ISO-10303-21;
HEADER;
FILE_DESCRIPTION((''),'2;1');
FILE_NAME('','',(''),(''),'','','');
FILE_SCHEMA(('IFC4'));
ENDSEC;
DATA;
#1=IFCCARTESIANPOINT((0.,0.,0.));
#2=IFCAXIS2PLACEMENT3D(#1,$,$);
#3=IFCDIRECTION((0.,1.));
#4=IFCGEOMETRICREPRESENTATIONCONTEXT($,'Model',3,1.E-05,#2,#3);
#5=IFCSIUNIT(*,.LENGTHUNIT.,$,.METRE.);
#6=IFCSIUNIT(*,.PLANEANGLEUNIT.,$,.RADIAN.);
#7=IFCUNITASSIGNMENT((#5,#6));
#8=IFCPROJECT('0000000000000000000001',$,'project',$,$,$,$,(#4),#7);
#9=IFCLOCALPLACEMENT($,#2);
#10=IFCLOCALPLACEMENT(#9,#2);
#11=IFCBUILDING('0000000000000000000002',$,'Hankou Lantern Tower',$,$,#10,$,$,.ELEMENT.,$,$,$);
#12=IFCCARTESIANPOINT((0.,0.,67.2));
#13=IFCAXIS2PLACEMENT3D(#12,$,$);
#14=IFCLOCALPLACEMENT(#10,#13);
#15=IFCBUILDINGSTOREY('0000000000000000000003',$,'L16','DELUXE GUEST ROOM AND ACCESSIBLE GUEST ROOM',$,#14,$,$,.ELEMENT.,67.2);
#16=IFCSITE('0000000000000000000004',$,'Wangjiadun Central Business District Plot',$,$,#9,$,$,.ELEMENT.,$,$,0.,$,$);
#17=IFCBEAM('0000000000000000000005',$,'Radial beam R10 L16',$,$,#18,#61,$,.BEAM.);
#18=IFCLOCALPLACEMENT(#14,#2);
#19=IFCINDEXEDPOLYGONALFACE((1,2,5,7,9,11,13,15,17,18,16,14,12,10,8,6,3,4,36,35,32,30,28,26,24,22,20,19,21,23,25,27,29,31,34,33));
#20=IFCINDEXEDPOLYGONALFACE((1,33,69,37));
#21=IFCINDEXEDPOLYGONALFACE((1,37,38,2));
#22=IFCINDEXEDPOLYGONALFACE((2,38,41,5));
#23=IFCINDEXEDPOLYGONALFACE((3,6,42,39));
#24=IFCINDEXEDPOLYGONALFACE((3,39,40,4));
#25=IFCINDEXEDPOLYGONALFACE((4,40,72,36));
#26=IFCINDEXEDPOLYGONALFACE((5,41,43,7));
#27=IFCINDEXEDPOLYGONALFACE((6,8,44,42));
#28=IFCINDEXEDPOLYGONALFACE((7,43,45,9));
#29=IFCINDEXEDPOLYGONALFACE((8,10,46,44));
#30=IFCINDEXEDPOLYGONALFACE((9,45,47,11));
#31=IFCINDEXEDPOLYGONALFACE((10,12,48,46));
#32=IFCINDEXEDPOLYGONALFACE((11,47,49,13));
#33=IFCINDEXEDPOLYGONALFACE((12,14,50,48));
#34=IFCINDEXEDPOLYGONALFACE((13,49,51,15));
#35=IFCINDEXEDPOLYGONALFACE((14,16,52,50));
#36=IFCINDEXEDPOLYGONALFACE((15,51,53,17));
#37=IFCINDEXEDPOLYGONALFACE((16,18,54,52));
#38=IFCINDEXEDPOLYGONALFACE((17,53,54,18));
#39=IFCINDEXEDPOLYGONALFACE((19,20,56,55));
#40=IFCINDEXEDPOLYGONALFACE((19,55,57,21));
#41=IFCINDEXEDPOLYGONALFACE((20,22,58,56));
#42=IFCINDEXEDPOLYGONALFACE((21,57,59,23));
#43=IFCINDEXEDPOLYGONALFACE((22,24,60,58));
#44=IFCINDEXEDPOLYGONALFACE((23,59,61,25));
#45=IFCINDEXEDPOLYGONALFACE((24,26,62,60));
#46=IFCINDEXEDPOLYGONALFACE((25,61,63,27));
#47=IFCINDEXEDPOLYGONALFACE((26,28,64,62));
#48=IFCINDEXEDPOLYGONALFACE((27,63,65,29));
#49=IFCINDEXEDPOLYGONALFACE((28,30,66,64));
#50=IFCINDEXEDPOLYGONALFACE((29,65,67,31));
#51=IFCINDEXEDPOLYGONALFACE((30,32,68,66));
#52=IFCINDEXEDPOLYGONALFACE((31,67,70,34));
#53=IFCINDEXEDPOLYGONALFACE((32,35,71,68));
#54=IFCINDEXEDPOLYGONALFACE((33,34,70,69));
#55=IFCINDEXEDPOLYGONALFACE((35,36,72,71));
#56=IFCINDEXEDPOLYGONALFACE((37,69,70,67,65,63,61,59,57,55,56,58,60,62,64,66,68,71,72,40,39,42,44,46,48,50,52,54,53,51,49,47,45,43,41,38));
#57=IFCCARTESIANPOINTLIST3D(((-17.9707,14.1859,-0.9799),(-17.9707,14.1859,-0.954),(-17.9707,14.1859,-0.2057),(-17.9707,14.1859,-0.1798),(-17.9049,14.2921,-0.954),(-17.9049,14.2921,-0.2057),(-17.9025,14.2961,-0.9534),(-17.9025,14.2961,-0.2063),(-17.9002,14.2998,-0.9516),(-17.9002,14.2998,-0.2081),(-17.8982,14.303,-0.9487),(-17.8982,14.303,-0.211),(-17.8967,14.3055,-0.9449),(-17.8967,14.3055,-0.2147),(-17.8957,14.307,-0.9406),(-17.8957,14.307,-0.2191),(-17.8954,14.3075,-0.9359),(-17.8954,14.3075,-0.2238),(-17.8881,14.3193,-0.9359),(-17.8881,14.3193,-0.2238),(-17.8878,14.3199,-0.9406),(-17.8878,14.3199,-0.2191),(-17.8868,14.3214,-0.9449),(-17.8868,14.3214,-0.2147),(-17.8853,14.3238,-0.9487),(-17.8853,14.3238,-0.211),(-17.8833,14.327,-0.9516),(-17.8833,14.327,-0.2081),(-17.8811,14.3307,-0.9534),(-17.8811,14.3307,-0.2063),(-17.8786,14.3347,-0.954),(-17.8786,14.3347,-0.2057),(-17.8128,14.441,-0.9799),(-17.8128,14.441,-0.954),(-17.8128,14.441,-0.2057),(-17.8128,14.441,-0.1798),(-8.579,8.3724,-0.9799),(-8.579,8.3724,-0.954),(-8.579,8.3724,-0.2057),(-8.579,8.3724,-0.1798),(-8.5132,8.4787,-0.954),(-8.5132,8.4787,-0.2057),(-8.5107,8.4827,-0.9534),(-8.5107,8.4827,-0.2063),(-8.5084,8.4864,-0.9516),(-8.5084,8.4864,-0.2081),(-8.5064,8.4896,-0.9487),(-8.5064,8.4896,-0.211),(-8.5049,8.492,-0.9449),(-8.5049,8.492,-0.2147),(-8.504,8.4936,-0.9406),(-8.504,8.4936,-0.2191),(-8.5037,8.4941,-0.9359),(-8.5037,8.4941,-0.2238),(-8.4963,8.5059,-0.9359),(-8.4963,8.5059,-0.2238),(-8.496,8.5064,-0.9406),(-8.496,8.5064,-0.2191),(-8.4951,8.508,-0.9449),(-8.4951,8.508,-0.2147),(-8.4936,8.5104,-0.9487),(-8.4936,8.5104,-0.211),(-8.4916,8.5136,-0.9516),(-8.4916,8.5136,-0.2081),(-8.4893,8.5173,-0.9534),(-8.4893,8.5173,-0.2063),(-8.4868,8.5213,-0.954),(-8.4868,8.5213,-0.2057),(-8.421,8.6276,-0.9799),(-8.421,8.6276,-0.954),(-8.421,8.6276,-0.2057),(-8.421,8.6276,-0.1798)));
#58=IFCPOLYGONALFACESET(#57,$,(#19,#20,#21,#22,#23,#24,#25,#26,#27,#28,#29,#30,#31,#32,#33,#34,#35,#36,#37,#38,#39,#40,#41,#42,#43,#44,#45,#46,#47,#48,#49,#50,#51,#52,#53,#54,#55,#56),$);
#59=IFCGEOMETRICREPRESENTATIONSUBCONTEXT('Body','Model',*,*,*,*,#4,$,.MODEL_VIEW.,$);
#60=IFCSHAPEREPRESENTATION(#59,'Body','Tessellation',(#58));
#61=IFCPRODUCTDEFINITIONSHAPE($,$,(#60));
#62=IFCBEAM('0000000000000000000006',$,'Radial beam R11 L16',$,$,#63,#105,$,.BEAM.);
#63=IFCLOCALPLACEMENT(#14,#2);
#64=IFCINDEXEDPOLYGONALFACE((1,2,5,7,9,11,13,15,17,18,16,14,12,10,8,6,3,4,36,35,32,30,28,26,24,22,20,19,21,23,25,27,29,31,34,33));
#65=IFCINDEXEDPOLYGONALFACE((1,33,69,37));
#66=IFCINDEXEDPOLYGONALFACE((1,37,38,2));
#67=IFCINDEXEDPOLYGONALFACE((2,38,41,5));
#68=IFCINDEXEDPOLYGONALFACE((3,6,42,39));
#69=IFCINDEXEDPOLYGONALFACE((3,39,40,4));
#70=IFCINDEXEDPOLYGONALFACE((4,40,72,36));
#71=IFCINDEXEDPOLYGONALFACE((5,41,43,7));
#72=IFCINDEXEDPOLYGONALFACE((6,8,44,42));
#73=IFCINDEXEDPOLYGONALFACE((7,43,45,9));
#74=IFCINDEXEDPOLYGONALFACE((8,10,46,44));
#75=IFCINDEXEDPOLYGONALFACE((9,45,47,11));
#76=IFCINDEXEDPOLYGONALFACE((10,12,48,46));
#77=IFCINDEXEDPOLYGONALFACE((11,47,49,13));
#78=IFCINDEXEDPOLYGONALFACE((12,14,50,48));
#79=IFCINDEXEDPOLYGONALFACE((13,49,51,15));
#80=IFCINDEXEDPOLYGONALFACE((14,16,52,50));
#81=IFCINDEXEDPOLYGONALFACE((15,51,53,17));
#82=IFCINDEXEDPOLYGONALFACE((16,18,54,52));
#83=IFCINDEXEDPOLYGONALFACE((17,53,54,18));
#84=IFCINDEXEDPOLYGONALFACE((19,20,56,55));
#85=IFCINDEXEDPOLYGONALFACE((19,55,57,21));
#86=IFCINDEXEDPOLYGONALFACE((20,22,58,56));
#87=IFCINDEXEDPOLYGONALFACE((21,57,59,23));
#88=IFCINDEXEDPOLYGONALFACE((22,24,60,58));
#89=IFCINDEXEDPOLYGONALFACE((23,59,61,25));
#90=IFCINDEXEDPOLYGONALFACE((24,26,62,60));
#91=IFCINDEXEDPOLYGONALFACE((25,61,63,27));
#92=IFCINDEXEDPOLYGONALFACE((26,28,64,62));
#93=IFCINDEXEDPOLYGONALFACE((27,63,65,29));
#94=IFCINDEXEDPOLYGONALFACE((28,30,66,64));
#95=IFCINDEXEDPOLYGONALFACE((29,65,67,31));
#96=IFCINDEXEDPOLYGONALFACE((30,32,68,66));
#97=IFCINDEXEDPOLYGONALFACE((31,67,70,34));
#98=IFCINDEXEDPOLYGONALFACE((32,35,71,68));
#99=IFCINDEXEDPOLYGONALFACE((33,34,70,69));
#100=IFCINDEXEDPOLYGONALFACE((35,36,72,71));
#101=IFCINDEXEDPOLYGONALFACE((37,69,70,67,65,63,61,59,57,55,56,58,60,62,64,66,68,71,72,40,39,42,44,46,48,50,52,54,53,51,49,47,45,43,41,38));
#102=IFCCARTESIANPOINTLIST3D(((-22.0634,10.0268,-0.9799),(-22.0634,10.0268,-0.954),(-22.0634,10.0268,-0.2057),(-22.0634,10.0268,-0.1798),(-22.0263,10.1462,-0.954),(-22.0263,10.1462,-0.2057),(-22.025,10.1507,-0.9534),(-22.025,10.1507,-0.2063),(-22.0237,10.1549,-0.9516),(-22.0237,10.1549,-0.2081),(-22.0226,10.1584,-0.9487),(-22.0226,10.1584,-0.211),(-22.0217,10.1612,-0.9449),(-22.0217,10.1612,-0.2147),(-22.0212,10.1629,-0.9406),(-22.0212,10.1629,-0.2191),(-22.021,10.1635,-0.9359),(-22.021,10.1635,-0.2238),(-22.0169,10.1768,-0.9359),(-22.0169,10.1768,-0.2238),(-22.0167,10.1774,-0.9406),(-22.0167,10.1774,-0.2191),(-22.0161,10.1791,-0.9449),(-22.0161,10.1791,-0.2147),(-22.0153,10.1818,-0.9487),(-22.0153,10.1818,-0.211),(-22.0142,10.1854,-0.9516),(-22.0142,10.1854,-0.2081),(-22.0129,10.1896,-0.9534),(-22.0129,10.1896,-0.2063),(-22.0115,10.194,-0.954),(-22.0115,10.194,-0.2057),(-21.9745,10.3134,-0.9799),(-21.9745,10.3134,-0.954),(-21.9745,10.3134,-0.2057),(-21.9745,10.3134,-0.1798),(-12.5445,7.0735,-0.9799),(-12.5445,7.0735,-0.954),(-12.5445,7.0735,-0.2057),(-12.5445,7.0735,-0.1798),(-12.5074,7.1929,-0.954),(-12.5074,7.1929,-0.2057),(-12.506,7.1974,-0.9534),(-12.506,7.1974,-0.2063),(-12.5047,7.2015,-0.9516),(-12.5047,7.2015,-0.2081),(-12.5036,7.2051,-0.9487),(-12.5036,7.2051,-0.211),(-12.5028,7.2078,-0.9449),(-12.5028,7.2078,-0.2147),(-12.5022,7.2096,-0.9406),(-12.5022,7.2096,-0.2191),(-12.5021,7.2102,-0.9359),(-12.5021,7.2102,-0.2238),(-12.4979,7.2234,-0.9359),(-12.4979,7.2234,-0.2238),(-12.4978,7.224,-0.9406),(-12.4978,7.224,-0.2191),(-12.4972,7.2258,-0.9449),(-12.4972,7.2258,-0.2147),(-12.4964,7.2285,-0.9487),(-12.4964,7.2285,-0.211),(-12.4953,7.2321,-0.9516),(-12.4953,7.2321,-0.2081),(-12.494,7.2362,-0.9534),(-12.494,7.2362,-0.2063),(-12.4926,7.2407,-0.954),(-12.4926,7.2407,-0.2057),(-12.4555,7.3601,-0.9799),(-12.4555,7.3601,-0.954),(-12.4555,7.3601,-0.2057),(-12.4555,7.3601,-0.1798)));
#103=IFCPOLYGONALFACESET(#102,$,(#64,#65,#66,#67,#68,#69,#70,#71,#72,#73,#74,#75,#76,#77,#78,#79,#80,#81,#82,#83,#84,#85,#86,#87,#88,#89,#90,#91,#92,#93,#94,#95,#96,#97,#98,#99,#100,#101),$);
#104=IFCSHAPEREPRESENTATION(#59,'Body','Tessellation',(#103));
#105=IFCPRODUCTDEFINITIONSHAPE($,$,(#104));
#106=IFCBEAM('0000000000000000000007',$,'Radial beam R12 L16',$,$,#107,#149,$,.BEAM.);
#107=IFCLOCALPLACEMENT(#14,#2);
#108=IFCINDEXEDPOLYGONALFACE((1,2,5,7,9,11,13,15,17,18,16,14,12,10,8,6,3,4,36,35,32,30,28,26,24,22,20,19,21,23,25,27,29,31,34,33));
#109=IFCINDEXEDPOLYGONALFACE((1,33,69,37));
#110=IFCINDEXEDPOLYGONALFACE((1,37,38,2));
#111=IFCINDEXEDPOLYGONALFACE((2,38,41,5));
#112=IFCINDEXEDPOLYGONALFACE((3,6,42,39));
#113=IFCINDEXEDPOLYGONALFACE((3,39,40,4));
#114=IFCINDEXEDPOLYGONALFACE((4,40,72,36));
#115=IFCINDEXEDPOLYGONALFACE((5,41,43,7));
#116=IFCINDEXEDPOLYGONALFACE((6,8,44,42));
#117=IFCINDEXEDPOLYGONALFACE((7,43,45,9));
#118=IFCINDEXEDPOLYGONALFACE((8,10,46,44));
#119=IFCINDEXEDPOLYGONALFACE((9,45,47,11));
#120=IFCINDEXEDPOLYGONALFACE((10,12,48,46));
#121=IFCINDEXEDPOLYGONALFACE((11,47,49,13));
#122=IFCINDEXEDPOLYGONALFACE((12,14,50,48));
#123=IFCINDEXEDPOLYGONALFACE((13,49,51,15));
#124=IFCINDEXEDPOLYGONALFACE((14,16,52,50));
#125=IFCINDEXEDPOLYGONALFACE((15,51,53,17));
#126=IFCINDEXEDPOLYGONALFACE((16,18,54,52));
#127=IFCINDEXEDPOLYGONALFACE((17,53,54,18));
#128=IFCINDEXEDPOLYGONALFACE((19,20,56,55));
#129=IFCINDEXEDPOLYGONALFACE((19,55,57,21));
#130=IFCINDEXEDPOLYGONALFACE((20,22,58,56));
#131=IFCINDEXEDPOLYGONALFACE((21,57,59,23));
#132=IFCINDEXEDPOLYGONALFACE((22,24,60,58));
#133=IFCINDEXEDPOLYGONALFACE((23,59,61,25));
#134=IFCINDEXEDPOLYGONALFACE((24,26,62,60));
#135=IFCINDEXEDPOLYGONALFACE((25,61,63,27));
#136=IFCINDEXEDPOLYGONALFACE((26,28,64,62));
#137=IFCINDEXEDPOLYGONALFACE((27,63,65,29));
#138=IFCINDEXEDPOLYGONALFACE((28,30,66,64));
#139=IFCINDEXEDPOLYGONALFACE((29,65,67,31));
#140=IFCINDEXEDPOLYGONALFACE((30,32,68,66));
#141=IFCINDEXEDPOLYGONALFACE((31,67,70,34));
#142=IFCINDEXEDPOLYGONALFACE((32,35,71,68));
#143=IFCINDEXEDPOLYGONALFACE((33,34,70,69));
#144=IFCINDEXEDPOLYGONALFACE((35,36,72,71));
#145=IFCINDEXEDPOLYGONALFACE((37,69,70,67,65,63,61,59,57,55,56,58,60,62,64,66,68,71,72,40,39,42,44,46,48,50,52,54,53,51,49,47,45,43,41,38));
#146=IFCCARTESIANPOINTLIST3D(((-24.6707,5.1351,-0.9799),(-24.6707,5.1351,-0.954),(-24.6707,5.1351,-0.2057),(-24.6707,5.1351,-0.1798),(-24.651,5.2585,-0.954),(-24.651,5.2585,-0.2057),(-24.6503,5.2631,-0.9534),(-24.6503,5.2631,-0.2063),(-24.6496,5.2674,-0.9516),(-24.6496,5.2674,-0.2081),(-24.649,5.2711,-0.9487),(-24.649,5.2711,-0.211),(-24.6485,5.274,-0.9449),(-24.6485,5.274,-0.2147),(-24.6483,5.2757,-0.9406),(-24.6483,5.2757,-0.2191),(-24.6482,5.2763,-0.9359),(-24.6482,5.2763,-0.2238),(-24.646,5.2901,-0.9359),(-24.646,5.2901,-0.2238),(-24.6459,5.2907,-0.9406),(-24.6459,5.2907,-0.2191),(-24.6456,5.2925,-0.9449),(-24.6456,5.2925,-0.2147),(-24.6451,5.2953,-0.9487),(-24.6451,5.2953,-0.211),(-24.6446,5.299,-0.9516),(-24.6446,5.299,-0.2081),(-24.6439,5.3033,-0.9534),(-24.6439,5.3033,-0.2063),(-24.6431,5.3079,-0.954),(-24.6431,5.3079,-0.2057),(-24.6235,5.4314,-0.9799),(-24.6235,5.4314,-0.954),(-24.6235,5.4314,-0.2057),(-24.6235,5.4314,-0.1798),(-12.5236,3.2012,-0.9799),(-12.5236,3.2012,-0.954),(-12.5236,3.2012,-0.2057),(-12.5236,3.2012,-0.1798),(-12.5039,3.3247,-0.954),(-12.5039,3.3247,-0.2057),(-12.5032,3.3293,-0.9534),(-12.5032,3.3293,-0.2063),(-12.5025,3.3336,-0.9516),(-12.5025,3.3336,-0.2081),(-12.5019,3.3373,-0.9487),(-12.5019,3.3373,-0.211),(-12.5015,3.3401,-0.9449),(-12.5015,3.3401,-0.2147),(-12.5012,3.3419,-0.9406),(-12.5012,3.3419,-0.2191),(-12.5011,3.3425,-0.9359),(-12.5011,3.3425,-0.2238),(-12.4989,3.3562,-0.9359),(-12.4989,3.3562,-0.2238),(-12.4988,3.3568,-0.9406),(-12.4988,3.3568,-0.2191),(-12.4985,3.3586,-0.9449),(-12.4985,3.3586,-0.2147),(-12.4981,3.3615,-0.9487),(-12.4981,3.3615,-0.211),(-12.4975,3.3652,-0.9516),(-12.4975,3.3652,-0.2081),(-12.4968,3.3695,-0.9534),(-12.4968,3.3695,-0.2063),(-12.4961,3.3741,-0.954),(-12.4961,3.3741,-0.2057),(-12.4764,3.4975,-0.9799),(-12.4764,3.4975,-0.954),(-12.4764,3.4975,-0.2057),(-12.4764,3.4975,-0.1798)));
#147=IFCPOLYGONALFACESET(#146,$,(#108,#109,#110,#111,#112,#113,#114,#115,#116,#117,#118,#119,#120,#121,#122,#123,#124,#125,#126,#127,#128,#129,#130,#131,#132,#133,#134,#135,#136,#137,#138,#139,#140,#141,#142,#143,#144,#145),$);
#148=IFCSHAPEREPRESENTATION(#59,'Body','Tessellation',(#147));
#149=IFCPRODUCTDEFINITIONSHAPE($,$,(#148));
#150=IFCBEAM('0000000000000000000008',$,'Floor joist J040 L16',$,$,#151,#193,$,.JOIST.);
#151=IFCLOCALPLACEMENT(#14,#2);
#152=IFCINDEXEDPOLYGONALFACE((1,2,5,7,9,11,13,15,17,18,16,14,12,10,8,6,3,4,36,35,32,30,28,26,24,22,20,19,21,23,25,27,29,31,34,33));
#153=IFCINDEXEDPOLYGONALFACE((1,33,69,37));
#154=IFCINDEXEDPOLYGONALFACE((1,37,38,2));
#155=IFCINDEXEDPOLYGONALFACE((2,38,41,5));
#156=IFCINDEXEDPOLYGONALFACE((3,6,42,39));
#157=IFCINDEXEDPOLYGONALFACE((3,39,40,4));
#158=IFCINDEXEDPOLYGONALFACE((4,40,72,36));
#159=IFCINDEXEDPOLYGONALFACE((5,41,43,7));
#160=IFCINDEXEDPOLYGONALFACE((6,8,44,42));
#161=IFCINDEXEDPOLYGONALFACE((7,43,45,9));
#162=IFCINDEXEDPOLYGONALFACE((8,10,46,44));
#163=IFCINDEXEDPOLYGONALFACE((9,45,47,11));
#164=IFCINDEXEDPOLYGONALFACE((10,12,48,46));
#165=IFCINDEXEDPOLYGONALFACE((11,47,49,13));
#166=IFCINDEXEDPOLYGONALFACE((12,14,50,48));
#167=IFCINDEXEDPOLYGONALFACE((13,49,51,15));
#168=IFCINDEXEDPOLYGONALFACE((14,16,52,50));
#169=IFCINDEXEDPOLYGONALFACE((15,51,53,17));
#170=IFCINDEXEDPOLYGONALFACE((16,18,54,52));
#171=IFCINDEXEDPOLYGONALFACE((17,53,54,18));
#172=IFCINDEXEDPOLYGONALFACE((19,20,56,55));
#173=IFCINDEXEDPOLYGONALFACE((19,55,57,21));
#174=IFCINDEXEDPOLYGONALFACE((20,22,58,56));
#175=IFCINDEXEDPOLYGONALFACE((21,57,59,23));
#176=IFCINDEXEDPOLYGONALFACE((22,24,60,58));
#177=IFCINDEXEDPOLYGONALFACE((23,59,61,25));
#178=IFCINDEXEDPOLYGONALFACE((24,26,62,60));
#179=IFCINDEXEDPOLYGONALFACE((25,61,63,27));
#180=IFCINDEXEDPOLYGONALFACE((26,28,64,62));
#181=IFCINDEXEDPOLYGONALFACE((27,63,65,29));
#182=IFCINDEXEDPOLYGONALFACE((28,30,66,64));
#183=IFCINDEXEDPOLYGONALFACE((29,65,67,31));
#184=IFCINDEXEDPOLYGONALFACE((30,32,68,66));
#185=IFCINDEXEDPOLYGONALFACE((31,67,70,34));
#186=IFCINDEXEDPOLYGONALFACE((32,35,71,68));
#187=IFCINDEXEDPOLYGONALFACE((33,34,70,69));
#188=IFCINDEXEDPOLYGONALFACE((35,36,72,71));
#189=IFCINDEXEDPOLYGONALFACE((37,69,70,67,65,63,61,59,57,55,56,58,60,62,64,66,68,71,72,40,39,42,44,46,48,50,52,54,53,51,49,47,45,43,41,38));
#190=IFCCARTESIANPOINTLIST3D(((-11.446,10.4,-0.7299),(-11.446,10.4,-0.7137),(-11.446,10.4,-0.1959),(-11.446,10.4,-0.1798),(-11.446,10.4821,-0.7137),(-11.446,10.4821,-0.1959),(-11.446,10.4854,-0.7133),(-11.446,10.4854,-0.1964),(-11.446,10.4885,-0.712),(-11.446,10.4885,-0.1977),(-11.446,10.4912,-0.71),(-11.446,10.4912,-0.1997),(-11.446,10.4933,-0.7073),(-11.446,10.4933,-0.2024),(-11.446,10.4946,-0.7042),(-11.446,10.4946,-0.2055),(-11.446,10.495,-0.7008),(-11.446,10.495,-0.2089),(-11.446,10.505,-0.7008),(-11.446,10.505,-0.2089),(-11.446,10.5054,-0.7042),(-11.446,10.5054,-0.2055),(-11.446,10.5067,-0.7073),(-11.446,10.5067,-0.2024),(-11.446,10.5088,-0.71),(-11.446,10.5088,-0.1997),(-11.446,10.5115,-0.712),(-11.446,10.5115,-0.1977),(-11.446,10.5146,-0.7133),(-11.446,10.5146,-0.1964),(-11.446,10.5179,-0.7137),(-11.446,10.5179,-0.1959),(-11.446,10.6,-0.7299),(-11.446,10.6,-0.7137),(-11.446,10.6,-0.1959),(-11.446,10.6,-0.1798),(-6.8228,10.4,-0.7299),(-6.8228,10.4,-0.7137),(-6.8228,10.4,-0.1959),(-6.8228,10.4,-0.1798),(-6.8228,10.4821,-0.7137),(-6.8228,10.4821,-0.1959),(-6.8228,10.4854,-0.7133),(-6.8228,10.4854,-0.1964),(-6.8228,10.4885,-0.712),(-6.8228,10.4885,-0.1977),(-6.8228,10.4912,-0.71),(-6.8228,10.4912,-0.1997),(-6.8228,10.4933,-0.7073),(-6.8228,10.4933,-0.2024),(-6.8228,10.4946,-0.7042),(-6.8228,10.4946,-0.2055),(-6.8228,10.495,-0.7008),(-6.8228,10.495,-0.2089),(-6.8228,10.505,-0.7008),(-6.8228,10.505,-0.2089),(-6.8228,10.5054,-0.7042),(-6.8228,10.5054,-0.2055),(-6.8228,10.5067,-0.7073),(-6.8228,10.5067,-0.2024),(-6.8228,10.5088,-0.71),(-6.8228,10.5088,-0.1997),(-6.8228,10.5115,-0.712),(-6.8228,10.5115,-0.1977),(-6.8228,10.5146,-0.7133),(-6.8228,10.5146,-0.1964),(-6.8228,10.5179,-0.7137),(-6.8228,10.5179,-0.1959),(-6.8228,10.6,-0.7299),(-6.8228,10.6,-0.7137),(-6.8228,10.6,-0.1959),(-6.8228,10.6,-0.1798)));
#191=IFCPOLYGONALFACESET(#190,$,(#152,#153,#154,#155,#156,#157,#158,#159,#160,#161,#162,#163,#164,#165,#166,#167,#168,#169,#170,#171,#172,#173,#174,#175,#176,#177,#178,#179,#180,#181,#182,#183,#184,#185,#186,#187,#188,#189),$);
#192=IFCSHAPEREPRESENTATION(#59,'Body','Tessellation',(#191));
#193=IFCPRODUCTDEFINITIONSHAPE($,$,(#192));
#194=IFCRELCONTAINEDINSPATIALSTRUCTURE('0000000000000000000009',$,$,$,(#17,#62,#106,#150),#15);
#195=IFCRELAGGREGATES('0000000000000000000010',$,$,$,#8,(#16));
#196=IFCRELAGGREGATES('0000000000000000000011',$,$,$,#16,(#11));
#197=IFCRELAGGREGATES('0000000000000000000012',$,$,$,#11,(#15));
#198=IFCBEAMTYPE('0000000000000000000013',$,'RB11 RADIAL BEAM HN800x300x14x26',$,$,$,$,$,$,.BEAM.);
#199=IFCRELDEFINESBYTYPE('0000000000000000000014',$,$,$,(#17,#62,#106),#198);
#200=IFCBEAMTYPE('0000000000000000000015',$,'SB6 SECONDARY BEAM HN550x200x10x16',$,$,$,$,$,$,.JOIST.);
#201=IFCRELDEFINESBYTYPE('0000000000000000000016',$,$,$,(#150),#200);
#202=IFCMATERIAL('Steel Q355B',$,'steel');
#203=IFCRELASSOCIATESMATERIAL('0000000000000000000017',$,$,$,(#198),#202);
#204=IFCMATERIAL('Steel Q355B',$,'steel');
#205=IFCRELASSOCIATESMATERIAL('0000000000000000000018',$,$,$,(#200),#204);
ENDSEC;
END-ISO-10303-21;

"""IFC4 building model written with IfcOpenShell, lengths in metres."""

from ifc_helpers import new_model, si_unit, direction, frame, origin, origin_2d, place, context, subcontext, project, spatial, i_section, extrude, material, material_profile, profile_set, type_object, element, save


model = new_model("IFC4")

# Units and contexts
model_context = context("Model", 3, precision=1e-05, world=origin(), true_north=direction((0.0, 1.0)))
body_context = subcontext(model_context, "Body", "Model", "MODEL_VIEW")
ifc_project = project(units=[si_unit("LENGTHUNIT", "METRE"), si_unit("PLANEANGLEUNIT", "RADIAN")], contexts=[model_context])

# Site, building, storey
site_placement = place(None, origin())
site = spatial("IfcSite", under=ifc_project, at=site_placement, Name="Wangjiadun Central Business District Plot", CompositionType="ELEMENT", RefElevation=0.0)
building_placement = place(site_placement, origin())
building = spatial("IfcBuilding", under=site, at=building_placement, Name="Hankou Lantern Tower", CompositionType="ELEMENT")
storey_placement = place(building_placement, frame((0.0, 0.0, 67.2)))
storey = spatial("IfcBuildingStorey", under=building, at=storey_placement, Name="L16", Description="DELUXE GUEST ROOM AND ACCESSIBLE GUEST ROOM", CompositionType="ELEMENT", Elevation=67.2)

# Beams
ifc_material_1 = material(Name="Steel Q355B", Category="steel")
ifc_material_profile_1 = material_profile(ifc_material_1, i_section(OverallWidth=0.3, OverallDepth=0.8, WebThickness=0.0139, FlangeThickness=0.0259, FilletRadius=0.0181, at=origin_2d()), Name="HN800x300x14x26")
ifc_profile_set_1 = profile_set([ifc_material_profile_1], Name="Steel Q355B")
beam_type_1 = type_object("IfcBeamType", Name="RB11 RADIAL BEAM HN800x300x14x26", PredefinedType="BEAM", material=ifc_profile_set_1)
beam_1_placement = place(storey_placement, frame((-8.5, 8.5, -0.5798), z_axis=(-0.850286, 0.52632, 0.0), x_axis=(-0.52632, -0.850286, 0.0)))
element("IfcBeam", 1, at=beam_1_placement, inside=storey, type_object=beam_type_1, Name="Radial beam R10 L16", PredefinedType="BEAM", context=body_context, shape_type="SweptSolid", body=[
    extrude(i_section(OverallWidth=0.3, OverallDepth=0.8, WebThickness=0.0139, FlangeThickness=0.0259, FilletRadius=0.0181, at=origin_2d()), origin(), (0.0, 0.0, 1.0), 11.0454),
])
beam_2_placement = place(storey_placement, frame((-12.5, 7.2168, -0.5798), z_axis=(-0.955087, 0.296324, 0.0), x_axis=(-0.296324, -0.955087, 0.0)))
element("IfcBeam", 2, at=beam_2_placement, inside=storey, type_object=beam_type_1, Name="Radial beam R11 L16", PredefinedType="BEAM", context=body_context, shape_type="SweptSolid", body=[
    extrude(i_section(OverallWidth=0.3, OverallDepth=0.8, WebThickness=0.0139, FlangeThickness=0.0259, FilletRadius=0.0181, at=origin_2d()), origin(), (0.0, 0.0, 1.0), 9.9666),
])
beam_3_placement = place(storey_placement, frame((-12.5, 3.3494, -0.5798), z_axis=(-0.987563, 0.157223, 0.0), x_axis=(-0.157223, -0.987563, 0.0)))
element("IfcBeam", 3, at=beam_3_placement, inside=storey, type_object=beam_type_1, Name="Radial beam R12 L16", PredefinedType="BEAM", context=body_context, shape_type="SweptSolid", body=[
    extrude(i_section(OverallWidth=0.3, OverallDepth=0.8, WebThickness=0.0139, FlangeThickness=0.0259, FilletRadius=0.0181, at=origin_2d()), origin(), (0.0, 0.0, 1.0), 12.3),
])
ifc_material_2 = material(Name="Steel Q355B", Category="steel")
ifc_material_profile_2 = material_profile(ifc_material_2, i_section(OverallWidth=0.2, OverallDepth=0.55, WebThickness=0.01, FlangeThickness=0.0161, FilletRadius=0.0129, at=origin_2d()), Name="HN550x200x10x16")
ifc_profile_set_2 = profile_set([ifc_material_profile_2], Name="Steel Q355B")
beam_type_2 = type_object("IfcBeamType", Name="SB6 SECONDARY BEAM HN550x200x10x16", PredefinedType="JOIST", material=ifc_profile_set_2)
beam_4_placement = place(storey_placement, frame((-11.446, 10.5, -0.4548), z_axis=(1.0, 0.0, 0.0), x_axis=(0.0, 1.0, 0.0)))
element("IfcBeam", 4, at=beam_4_placement, inside=storey, type_object=beam_type_2, Name="Floor joist J040 L16", PredefinedType="JOIST", context=body_context, shape_type="SweptSolid", body=[
    extrude(i_section(OverallWidth=0.2, OverallDepth=0.55, WebThickness=0.01, FlangeThickness=0.0161, FilletRadius=0.0129, at=origin_2d()), origin(), (0.0, 0.0, 1.0), 4.6233),
])

save(model, "model.ifc")
